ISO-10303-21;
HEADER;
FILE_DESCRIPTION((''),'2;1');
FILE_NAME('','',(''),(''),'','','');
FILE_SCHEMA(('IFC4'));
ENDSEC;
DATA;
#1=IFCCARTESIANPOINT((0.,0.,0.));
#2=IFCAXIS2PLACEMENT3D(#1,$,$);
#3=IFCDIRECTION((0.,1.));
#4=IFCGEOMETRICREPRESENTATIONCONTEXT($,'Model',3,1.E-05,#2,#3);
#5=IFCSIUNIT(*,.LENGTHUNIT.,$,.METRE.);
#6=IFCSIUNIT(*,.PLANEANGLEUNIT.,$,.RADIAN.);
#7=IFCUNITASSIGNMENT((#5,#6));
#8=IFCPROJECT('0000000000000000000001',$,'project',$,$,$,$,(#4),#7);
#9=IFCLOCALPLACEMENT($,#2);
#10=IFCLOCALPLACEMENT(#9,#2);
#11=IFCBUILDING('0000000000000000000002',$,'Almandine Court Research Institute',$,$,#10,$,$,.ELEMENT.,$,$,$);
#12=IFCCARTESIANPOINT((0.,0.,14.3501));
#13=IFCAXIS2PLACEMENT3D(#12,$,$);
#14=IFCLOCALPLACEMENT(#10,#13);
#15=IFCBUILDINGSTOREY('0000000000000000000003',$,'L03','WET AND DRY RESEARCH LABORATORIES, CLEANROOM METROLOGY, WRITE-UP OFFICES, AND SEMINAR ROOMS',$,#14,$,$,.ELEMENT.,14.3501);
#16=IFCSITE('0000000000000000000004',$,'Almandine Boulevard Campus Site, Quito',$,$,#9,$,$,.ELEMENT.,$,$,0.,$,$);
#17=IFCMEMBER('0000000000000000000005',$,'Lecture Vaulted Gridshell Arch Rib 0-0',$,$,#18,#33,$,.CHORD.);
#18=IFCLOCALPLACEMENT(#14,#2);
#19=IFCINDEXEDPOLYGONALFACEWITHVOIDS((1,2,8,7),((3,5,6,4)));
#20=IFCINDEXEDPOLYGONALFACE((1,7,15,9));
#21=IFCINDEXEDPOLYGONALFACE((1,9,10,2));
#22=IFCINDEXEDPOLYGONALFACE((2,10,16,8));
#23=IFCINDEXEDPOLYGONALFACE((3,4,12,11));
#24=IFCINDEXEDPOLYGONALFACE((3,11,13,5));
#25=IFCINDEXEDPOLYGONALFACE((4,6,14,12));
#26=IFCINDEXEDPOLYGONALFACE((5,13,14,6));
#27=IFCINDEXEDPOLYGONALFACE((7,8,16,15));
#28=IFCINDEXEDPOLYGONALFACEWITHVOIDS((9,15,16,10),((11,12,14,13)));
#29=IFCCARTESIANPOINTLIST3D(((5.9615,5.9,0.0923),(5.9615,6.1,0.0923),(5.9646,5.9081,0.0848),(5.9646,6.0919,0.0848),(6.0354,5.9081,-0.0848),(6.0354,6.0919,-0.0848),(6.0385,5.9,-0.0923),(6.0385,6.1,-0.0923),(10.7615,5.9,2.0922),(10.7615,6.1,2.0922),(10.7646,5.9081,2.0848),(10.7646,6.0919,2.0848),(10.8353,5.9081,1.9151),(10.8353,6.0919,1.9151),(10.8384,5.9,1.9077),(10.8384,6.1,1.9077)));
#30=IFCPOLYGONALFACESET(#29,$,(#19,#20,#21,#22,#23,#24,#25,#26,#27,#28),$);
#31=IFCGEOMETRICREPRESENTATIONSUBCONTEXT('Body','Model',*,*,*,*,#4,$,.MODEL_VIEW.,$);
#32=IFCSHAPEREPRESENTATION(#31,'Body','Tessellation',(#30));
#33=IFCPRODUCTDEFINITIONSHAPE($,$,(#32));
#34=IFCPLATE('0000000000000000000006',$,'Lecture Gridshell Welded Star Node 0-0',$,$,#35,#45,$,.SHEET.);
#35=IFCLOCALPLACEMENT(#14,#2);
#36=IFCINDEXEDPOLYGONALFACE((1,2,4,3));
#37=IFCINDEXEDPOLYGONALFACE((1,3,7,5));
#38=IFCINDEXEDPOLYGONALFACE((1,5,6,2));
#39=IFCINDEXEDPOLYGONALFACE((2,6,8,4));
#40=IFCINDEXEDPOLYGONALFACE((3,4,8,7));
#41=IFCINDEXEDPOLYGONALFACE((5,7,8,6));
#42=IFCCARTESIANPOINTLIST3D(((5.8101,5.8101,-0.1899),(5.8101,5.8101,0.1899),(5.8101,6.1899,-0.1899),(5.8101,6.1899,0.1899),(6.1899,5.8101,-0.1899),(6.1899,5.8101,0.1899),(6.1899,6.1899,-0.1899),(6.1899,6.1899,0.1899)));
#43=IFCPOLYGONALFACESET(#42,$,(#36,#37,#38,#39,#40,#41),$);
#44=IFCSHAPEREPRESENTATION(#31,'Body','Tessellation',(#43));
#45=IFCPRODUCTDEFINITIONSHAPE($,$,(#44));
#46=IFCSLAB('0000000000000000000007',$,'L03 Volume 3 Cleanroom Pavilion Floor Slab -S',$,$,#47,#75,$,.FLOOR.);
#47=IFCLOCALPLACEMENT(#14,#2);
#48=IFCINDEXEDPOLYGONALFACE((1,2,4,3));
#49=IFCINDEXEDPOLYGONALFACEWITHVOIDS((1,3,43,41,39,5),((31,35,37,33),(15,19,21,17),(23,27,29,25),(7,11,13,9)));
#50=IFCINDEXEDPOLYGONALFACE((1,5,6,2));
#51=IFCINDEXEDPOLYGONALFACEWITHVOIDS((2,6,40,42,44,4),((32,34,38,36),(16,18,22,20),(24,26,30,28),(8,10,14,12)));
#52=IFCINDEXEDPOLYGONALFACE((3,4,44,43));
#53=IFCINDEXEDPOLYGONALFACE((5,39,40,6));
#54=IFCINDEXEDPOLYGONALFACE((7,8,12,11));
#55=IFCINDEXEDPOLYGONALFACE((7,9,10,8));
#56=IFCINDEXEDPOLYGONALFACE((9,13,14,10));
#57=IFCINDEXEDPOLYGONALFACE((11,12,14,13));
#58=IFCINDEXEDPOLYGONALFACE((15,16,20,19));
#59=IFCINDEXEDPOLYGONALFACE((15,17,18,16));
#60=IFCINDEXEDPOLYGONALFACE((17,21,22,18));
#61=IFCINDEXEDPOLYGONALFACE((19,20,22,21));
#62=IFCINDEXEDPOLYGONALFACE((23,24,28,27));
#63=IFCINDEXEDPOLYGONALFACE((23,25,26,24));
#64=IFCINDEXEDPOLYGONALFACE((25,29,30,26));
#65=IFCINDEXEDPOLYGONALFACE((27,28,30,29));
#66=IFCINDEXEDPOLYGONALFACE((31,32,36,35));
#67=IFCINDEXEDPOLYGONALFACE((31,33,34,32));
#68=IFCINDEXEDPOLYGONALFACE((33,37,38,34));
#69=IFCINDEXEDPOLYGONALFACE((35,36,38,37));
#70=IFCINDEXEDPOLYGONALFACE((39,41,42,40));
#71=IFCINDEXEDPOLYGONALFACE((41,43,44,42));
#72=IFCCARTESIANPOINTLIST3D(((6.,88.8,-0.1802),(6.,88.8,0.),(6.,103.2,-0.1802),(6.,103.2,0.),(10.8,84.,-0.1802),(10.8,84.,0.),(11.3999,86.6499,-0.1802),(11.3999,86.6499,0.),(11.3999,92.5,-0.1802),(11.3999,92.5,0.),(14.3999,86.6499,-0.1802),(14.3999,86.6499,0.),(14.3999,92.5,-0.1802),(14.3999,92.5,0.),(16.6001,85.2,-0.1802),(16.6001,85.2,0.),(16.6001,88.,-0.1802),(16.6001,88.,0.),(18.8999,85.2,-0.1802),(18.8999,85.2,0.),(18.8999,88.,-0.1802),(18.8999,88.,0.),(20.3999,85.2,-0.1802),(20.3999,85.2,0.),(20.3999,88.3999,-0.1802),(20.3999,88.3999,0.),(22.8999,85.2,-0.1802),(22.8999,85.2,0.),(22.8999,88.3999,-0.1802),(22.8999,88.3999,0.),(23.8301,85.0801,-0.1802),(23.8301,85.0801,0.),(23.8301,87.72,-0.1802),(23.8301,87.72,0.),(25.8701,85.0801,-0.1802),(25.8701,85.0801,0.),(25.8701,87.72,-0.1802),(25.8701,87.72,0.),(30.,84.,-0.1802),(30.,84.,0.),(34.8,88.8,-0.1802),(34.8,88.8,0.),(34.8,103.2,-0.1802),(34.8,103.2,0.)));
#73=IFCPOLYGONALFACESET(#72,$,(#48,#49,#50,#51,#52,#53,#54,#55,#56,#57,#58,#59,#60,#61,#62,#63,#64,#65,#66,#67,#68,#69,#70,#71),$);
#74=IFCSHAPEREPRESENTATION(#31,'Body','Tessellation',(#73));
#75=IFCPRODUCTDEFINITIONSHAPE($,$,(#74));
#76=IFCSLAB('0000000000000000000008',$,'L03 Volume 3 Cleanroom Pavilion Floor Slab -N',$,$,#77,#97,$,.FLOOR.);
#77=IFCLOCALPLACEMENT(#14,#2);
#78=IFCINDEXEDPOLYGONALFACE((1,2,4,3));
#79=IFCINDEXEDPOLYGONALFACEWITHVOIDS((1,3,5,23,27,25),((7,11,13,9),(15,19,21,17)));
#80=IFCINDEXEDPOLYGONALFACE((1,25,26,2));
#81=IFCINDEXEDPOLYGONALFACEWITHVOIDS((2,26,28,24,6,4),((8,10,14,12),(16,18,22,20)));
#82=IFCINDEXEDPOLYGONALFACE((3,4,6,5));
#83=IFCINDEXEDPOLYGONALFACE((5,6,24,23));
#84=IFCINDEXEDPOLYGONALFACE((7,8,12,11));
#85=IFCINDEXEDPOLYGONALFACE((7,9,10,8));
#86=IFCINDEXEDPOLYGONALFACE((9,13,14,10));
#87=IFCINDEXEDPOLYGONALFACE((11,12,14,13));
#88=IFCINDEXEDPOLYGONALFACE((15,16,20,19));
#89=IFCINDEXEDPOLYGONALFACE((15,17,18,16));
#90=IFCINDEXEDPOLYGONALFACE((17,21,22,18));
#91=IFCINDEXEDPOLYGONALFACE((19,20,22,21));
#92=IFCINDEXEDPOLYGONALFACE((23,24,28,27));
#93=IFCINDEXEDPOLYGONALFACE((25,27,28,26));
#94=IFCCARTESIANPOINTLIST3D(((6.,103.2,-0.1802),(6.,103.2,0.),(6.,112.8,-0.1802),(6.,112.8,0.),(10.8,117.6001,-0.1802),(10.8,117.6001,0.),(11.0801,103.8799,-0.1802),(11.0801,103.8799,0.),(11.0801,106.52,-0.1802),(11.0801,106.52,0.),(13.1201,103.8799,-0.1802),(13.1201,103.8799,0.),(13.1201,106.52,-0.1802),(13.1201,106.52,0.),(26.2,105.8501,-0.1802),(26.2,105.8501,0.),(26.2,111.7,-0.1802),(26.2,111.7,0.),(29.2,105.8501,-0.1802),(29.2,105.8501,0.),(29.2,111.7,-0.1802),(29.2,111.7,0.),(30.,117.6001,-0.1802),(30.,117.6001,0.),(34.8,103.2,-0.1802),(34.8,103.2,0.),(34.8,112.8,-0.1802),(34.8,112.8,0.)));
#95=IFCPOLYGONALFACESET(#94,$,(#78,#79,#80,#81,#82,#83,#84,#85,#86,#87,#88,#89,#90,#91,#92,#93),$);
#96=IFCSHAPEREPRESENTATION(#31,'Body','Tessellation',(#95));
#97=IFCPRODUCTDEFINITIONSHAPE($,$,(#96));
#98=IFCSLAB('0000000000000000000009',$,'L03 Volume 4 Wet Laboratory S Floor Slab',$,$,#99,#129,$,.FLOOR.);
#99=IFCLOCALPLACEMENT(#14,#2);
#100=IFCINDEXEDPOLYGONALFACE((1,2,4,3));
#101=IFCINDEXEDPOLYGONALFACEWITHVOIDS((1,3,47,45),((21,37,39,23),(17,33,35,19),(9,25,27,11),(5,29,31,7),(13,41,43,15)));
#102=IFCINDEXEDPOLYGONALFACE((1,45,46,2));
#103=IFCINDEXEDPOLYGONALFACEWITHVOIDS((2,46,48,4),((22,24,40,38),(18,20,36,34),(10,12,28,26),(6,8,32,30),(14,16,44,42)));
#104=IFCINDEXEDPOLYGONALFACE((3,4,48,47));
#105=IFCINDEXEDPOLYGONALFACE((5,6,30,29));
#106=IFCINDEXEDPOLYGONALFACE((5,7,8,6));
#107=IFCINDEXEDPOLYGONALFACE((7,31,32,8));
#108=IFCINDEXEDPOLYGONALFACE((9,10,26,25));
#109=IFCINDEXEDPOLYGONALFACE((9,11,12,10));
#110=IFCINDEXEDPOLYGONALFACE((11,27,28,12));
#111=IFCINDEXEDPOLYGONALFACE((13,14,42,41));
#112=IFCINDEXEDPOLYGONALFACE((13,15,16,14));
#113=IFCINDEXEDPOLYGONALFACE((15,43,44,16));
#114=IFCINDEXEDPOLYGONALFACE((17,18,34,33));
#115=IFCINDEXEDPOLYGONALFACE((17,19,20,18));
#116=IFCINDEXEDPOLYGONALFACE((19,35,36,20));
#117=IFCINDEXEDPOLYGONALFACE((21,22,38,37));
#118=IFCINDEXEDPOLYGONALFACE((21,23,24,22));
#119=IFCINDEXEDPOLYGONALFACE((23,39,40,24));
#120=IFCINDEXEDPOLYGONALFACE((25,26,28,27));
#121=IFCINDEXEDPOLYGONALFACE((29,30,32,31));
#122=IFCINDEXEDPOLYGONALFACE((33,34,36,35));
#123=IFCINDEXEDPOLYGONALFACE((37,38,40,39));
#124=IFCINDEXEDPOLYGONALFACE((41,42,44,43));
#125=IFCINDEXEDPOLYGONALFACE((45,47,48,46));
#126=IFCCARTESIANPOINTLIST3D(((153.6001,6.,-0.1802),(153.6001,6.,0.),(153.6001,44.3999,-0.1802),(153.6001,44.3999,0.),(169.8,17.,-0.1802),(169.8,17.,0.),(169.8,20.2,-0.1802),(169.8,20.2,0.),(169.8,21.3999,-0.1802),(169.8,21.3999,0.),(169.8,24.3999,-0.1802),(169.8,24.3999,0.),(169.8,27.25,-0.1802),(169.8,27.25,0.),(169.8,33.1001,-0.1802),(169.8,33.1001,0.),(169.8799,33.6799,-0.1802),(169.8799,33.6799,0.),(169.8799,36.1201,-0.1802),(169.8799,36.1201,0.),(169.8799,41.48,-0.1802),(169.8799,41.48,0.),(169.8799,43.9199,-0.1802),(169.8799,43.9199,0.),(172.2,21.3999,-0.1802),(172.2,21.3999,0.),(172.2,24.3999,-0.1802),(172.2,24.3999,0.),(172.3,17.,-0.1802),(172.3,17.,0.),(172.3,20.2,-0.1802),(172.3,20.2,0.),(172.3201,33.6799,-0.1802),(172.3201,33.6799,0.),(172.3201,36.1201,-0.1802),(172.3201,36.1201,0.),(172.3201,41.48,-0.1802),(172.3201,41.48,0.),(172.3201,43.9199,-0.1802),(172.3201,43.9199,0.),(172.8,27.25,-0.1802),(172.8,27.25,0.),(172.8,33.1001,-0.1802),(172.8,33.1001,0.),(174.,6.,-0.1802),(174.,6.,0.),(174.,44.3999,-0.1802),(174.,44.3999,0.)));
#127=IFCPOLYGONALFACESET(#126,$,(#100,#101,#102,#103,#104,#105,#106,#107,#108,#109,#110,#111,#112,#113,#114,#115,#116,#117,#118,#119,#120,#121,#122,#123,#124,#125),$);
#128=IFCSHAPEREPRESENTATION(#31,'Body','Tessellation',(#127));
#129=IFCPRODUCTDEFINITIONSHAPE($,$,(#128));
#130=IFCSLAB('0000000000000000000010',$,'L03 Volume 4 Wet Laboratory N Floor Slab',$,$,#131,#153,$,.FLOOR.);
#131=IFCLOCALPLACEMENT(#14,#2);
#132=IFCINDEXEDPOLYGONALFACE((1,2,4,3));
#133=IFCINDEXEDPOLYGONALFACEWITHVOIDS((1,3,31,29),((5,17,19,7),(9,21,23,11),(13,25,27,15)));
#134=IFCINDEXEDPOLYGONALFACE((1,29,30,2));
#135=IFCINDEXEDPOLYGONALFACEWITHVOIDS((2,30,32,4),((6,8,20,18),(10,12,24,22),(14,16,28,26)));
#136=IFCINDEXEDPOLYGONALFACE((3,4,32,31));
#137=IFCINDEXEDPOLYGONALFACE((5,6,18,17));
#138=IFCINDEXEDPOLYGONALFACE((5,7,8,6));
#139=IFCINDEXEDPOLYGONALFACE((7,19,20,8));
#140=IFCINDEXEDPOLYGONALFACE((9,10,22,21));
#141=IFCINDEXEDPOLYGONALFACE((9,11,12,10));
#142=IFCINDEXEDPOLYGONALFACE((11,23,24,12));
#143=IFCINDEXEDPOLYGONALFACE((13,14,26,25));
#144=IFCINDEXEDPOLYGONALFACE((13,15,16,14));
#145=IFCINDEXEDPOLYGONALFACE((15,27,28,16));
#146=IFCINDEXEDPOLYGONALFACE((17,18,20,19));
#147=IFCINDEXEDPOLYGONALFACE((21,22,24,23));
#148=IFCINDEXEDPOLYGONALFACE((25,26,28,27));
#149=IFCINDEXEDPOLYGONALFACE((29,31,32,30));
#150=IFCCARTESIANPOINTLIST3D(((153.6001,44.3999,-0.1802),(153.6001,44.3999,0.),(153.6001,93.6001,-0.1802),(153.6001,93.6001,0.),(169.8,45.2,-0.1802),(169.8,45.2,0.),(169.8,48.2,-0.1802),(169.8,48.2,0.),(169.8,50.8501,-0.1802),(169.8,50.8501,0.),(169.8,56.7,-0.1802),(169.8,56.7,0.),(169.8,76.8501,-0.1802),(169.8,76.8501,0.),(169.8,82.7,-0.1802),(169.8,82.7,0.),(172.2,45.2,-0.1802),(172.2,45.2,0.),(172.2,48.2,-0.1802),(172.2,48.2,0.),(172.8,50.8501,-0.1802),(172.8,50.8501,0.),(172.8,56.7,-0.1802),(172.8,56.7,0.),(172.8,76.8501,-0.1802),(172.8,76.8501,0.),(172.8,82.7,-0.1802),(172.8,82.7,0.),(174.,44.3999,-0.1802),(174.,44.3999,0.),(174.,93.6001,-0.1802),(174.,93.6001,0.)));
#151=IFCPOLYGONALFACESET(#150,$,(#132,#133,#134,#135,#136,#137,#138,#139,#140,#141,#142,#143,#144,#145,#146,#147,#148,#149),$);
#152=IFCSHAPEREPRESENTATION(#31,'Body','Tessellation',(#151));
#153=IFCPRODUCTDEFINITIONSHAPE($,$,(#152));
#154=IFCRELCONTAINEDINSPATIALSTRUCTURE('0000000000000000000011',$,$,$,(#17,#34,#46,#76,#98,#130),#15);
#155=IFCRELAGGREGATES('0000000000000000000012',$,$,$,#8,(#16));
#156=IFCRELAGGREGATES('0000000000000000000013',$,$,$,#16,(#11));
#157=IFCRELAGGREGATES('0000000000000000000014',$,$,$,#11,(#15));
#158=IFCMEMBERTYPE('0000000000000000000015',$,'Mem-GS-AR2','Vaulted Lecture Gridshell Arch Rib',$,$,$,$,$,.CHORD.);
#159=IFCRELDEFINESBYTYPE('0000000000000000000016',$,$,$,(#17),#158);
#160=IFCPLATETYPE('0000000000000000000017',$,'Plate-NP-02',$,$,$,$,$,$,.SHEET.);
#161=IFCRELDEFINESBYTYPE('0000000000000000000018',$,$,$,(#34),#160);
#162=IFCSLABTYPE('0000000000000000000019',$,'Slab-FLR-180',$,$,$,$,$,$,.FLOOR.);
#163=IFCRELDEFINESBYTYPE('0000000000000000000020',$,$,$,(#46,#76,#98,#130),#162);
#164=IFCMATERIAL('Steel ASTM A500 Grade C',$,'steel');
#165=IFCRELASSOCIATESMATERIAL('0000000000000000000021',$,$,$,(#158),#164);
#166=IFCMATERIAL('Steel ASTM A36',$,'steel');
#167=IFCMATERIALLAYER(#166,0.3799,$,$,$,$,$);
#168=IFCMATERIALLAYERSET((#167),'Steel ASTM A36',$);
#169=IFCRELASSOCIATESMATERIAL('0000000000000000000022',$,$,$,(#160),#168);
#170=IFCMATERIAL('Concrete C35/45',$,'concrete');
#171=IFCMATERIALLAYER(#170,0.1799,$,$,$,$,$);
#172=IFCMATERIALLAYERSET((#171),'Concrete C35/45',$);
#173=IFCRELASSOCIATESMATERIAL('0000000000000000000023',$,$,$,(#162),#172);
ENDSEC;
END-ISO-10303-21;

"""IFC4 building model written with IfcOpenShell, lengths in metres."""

from ifc_helpers import new_model, si_unit, direction, frame, origin, origin_2d, place, context, subcontext, project, spatial, polyline, rectangle, hollow_rectangle, outline, extrude, material, layer, layer_set, material_profile, profile_set, type_object, element, save


model = new_model("IFC4")

# Units and contexts
model_context = context("Model", 3, precision=1e-05, world=origin(), true_north=direction((0.0, 1.0)))
body_context = subcontext(model_context, "Body", "Model", "MODEL_VIEW")
ifc_project = project(units=[si_unit("LENGTHUNIT", "METRE"), si_unit("PLANEANGLEUNIT", "RADIAN")], contexts=[model_context])

# Site, building, storey
site_placement = place(None, origin())
site = spatial("IfcSite", under=ifc_project, at=site_placement, Name="Almandine Boulevard Campus Site, Quito", CompositionType="ELEMENT", RefElevation=0.0)
building_placement = place(site_placement, origin())
building = spatial("IfcBuilding", under=site, at=building_placement, Name="Almandine Court Research Institute", CompositionType="ELEMENT")
storey_placement = place(building_placement, frame((0.0, 0.0, 14.3501)))
storey = spatial("IfcBuildingStorey", under=building, at=storey_placement, Name="L03", Description="WET AND DRY RESEARCH LABORATORIES, CLEANROOM METROLOGY, WRITE-UP OFFICES, AND SEMINAR ROOMS", CompositionType="ELEMENT", Elevation=14.3501)

# Member
ifc_material_1 = material(Name="Steel ASTM A500 Grade C", Category="steel")
ifc_material_profile = material_profile(ifc_material_1, hollow_rectangle(XDim=0.2, YDim=0.2, WallThickness=0.0081, at=origin_2d()), Name="HSS 200x200x8")
ifc_profile_set = profile_set([ifc_material_profile], Name="Steel ASTM A500 Grade C")
member_type = type_object("IfcMemberType", Name="Mem-GS-AR2", Description="Vaulted Lecture Gridshell Arch Rib", PredefinedType="CHORD", material=ifc_profile_set)
member_placement = place(storey_placement, frame((6.0, 6.0, 0.0), z_axis=(0.923078, 0.0, 0.384612), x_axis=(0.0, 1.0, 0.0)))
element("IfcMember", 1, at=member_placement, inside=storey, type_object=member_type, Name="Lecture Vaulted Gridshell Arch Rib 0-0", PredefinedType="CHORD", context=body_context, shape_type="SweptSolid", body=[
    extrude(hollow_rectangle(XDim=0.2, YDim=0.2, WallThickness=0.0081, at=origin_2d()), origin(), (0.0, 0.0, 1.0), 5.2),
])

# Plate
ifc_material_2 = material(Name="Steel ASTM A36", Category="steel")
ifc_layer_1 = layer(ifc_material_2, 0.3799)
ifc_layer_set_1 = layer_set([ifc_layer_1], Name="Steel ASTM A36")
plate_type = type_object("IfcPlateType", Name="Plate-NP-02", PredefinedType="SHEET", material=ifc_layer_set_1)
plate_placement = place(storey_placement, frame((6.0, 6.0, -0.1899), z_axis=(0.0, 0.0, 1.0), x_axis=(1.0, 0.0, 0.0)))
element("IfcPlate", 2, at=plate_placement, inside=storey, type_object=plate_type, Name="Lecture Gridshell Welded Star Node 0-0", PredefinedType="SHEET", context=body_context, shape_type="SweptSolid", body=[
    extrude(rectangle(XDim=0.3799, YDim=0.3799, at=origin_2d()), origin(), (0.0, 0.0, 1.0), 0.3799),
])

# Slabs
ifc_material_3 = material(Name="Concrete C35/45", Category="concrete")
ifc_layer_2 = layer(ifc_material_3, 0.1799)
ifc_layer_set_2 = layer_set([ifc_layer_2], Name="Concrete C35/45")
slab_type_1 = type_object("IfcSlabType", Name="Slab-FLR-180", PredefinedType="FLOOR", material=ifc_layer_set_2)
slab_1_placement = place(storey_placement, frame((0.0, 0.0, -0.1802)))
element("IfcSlab", 3, at=slab_1_placement, inside=storey, type_object=slab_type_1, Name="L03 Volume 3 Cleanroom Pavilion Floor Slab -S", PredefinedType="FLOOR", context=body_context, shape_type="SweptSolid", body=[
    extrude(outline(polyline([(10.8, 84.0), (30.0, 84.0), (34.8, 88.8), (34.8, 103.2), (6.0, 103.2), (6.0, 88.8), (10.8, 84.0)]), holes=[polyline([(14.3999, 86.6499), (14.3999, 92.5), (11.3999, 92.5), (11.3999, 86.6499), (14.3999, 86.6499)]), polyline([(16.6001, 85.2), (18.8999, 85.2), (18.8999, 88.0), (16.6001, 88.0), (16.6001, 85.2)]), polyline([(20.3999, 85.2), (22.8999, 85.2), (22.8999, 88.3999), (20.3999, 88.3999), (20.3999, 85.2)]), polyline([(23.8301, 85.0801), (25.8701, 85.0801), (25.8701, 87.72), (23.8301, 87.72), (23.8301, 85.0801)])]), origin(), (0.0, 0.0, 1.0), 0.1802),
])
slab_2_placement = place(storey_placement, frame((0.0, 0.0, -0.1802)))
element("IfcSlab", 4, at=slab_2_placement, inside=storey, type_object=slab_type_1, Name="L03 Volume 3 Cleanroom Pavilion Floor Slab -N", PredefinedType="FLOOR", context=body_context, shape_type="SweptSolid", body=[
    extrude(outline(polyline([(6.0, 103.2), (34.8, 103.2), (34.8, 112.8), (30.0, 117.6001), (10.8, 117.6001), (6.0, 112.8), (6.0, 103.2)]), holes=[polyline([(29.2, 105.8501), (29.2, 111.7), (26.2, 111.7), (26.2, 105.8501), (29.2, 105.8501)]), polyline([(11.0801, 103.8799), (13.1201, 103.8799), (13.1201, 106.52), (11.0801, 106.52), (11.0801, 103.8799)])]), origin(), (0.0, 0.0, 1.0), 0.1802),
])
slab_3_placement = place(storey_placement, frame((0.0, 0.0, -0.1802)))
element("IfcSlab", 5, at=slab_3_placement, inside=storey, type_object=slab_type_1, Name="L03 Volume 4 Wet Laboratory S Floor Slab", PredefinedType="FLOOR", context=body_context, shape_type="SweptSolid", body=[
    extrude(outline(polyline([(153.6001, 6.0), (174.0, 6.0), (174.0, 44.3999), (153.6001, 44.3999), (153.6001, 6.0)]), holes=[polyline([(172.8, 27.25), (172.8, 33.1001), (169.8, 33.1001), (169.8, 27.25), (172.8, 27.25)]), polyline([(169.8, 21.3999), (172.2, 21.3999), (172.2, 24.3999), (169.8, 24.3999), (169.8, 21.3999)]), polyline([(169.8, 17.0), (172.3, 17.0), (172.3, 20.2), (169.8, 20.2), (169.8, 17.0)]), polyline([(169.8799, 33.6799), (172.3201, 33.6799), (172.3201, 36.1201), (169.8799, 36.1201), (169.8799, 33.6799)]), polyline([(169.8799, 41.48), (172.3201, 41.48), (172.3201, 43.9199), (169.8799, 43.9199), (169.8799, 41.48)])]), origin(), (0.0, 0.0, 1.0), 0.1802),
])
slab_4_placement = place(storey_placement, frame((0.0, 0.0, -0.1802)))
element("IfcSlab", 6, at=slab_4_placement, inside=storey, type_object=slab_type_1, Name="L03 Volume 4 Wet Laboratory N Floor Slab", PredefinedType="FLOOR", context=body_context, shape_type="SweptSolid", body=[
    extrude(outline(polyline([(153.6001, 44.3999), (174.0, 44.3999), (174.0, 93.6001), (153.6001, 93.6001), (153.6001, 44.3999)]), holes=[polyline([(172.8, 50.8501), (172.8, 56.7), (169.8, 56.7), (169.8, 50.8501), (172.8, 50.8501)]), polyline([(172.8, 76.8501), (172.8, 82.7), (169.8, 82.7), (169.8, 76.8501), (172.8, 76.8501)]), polyline([(169.8, 45.2), (172.2, 45.2), (172.2, 48.2), (169.8, 48.2), (169.8, 45.2)])]), origin(), (0.0, 0.0, 1.0), 0.1802),
])

save(model, "model.ifc")
